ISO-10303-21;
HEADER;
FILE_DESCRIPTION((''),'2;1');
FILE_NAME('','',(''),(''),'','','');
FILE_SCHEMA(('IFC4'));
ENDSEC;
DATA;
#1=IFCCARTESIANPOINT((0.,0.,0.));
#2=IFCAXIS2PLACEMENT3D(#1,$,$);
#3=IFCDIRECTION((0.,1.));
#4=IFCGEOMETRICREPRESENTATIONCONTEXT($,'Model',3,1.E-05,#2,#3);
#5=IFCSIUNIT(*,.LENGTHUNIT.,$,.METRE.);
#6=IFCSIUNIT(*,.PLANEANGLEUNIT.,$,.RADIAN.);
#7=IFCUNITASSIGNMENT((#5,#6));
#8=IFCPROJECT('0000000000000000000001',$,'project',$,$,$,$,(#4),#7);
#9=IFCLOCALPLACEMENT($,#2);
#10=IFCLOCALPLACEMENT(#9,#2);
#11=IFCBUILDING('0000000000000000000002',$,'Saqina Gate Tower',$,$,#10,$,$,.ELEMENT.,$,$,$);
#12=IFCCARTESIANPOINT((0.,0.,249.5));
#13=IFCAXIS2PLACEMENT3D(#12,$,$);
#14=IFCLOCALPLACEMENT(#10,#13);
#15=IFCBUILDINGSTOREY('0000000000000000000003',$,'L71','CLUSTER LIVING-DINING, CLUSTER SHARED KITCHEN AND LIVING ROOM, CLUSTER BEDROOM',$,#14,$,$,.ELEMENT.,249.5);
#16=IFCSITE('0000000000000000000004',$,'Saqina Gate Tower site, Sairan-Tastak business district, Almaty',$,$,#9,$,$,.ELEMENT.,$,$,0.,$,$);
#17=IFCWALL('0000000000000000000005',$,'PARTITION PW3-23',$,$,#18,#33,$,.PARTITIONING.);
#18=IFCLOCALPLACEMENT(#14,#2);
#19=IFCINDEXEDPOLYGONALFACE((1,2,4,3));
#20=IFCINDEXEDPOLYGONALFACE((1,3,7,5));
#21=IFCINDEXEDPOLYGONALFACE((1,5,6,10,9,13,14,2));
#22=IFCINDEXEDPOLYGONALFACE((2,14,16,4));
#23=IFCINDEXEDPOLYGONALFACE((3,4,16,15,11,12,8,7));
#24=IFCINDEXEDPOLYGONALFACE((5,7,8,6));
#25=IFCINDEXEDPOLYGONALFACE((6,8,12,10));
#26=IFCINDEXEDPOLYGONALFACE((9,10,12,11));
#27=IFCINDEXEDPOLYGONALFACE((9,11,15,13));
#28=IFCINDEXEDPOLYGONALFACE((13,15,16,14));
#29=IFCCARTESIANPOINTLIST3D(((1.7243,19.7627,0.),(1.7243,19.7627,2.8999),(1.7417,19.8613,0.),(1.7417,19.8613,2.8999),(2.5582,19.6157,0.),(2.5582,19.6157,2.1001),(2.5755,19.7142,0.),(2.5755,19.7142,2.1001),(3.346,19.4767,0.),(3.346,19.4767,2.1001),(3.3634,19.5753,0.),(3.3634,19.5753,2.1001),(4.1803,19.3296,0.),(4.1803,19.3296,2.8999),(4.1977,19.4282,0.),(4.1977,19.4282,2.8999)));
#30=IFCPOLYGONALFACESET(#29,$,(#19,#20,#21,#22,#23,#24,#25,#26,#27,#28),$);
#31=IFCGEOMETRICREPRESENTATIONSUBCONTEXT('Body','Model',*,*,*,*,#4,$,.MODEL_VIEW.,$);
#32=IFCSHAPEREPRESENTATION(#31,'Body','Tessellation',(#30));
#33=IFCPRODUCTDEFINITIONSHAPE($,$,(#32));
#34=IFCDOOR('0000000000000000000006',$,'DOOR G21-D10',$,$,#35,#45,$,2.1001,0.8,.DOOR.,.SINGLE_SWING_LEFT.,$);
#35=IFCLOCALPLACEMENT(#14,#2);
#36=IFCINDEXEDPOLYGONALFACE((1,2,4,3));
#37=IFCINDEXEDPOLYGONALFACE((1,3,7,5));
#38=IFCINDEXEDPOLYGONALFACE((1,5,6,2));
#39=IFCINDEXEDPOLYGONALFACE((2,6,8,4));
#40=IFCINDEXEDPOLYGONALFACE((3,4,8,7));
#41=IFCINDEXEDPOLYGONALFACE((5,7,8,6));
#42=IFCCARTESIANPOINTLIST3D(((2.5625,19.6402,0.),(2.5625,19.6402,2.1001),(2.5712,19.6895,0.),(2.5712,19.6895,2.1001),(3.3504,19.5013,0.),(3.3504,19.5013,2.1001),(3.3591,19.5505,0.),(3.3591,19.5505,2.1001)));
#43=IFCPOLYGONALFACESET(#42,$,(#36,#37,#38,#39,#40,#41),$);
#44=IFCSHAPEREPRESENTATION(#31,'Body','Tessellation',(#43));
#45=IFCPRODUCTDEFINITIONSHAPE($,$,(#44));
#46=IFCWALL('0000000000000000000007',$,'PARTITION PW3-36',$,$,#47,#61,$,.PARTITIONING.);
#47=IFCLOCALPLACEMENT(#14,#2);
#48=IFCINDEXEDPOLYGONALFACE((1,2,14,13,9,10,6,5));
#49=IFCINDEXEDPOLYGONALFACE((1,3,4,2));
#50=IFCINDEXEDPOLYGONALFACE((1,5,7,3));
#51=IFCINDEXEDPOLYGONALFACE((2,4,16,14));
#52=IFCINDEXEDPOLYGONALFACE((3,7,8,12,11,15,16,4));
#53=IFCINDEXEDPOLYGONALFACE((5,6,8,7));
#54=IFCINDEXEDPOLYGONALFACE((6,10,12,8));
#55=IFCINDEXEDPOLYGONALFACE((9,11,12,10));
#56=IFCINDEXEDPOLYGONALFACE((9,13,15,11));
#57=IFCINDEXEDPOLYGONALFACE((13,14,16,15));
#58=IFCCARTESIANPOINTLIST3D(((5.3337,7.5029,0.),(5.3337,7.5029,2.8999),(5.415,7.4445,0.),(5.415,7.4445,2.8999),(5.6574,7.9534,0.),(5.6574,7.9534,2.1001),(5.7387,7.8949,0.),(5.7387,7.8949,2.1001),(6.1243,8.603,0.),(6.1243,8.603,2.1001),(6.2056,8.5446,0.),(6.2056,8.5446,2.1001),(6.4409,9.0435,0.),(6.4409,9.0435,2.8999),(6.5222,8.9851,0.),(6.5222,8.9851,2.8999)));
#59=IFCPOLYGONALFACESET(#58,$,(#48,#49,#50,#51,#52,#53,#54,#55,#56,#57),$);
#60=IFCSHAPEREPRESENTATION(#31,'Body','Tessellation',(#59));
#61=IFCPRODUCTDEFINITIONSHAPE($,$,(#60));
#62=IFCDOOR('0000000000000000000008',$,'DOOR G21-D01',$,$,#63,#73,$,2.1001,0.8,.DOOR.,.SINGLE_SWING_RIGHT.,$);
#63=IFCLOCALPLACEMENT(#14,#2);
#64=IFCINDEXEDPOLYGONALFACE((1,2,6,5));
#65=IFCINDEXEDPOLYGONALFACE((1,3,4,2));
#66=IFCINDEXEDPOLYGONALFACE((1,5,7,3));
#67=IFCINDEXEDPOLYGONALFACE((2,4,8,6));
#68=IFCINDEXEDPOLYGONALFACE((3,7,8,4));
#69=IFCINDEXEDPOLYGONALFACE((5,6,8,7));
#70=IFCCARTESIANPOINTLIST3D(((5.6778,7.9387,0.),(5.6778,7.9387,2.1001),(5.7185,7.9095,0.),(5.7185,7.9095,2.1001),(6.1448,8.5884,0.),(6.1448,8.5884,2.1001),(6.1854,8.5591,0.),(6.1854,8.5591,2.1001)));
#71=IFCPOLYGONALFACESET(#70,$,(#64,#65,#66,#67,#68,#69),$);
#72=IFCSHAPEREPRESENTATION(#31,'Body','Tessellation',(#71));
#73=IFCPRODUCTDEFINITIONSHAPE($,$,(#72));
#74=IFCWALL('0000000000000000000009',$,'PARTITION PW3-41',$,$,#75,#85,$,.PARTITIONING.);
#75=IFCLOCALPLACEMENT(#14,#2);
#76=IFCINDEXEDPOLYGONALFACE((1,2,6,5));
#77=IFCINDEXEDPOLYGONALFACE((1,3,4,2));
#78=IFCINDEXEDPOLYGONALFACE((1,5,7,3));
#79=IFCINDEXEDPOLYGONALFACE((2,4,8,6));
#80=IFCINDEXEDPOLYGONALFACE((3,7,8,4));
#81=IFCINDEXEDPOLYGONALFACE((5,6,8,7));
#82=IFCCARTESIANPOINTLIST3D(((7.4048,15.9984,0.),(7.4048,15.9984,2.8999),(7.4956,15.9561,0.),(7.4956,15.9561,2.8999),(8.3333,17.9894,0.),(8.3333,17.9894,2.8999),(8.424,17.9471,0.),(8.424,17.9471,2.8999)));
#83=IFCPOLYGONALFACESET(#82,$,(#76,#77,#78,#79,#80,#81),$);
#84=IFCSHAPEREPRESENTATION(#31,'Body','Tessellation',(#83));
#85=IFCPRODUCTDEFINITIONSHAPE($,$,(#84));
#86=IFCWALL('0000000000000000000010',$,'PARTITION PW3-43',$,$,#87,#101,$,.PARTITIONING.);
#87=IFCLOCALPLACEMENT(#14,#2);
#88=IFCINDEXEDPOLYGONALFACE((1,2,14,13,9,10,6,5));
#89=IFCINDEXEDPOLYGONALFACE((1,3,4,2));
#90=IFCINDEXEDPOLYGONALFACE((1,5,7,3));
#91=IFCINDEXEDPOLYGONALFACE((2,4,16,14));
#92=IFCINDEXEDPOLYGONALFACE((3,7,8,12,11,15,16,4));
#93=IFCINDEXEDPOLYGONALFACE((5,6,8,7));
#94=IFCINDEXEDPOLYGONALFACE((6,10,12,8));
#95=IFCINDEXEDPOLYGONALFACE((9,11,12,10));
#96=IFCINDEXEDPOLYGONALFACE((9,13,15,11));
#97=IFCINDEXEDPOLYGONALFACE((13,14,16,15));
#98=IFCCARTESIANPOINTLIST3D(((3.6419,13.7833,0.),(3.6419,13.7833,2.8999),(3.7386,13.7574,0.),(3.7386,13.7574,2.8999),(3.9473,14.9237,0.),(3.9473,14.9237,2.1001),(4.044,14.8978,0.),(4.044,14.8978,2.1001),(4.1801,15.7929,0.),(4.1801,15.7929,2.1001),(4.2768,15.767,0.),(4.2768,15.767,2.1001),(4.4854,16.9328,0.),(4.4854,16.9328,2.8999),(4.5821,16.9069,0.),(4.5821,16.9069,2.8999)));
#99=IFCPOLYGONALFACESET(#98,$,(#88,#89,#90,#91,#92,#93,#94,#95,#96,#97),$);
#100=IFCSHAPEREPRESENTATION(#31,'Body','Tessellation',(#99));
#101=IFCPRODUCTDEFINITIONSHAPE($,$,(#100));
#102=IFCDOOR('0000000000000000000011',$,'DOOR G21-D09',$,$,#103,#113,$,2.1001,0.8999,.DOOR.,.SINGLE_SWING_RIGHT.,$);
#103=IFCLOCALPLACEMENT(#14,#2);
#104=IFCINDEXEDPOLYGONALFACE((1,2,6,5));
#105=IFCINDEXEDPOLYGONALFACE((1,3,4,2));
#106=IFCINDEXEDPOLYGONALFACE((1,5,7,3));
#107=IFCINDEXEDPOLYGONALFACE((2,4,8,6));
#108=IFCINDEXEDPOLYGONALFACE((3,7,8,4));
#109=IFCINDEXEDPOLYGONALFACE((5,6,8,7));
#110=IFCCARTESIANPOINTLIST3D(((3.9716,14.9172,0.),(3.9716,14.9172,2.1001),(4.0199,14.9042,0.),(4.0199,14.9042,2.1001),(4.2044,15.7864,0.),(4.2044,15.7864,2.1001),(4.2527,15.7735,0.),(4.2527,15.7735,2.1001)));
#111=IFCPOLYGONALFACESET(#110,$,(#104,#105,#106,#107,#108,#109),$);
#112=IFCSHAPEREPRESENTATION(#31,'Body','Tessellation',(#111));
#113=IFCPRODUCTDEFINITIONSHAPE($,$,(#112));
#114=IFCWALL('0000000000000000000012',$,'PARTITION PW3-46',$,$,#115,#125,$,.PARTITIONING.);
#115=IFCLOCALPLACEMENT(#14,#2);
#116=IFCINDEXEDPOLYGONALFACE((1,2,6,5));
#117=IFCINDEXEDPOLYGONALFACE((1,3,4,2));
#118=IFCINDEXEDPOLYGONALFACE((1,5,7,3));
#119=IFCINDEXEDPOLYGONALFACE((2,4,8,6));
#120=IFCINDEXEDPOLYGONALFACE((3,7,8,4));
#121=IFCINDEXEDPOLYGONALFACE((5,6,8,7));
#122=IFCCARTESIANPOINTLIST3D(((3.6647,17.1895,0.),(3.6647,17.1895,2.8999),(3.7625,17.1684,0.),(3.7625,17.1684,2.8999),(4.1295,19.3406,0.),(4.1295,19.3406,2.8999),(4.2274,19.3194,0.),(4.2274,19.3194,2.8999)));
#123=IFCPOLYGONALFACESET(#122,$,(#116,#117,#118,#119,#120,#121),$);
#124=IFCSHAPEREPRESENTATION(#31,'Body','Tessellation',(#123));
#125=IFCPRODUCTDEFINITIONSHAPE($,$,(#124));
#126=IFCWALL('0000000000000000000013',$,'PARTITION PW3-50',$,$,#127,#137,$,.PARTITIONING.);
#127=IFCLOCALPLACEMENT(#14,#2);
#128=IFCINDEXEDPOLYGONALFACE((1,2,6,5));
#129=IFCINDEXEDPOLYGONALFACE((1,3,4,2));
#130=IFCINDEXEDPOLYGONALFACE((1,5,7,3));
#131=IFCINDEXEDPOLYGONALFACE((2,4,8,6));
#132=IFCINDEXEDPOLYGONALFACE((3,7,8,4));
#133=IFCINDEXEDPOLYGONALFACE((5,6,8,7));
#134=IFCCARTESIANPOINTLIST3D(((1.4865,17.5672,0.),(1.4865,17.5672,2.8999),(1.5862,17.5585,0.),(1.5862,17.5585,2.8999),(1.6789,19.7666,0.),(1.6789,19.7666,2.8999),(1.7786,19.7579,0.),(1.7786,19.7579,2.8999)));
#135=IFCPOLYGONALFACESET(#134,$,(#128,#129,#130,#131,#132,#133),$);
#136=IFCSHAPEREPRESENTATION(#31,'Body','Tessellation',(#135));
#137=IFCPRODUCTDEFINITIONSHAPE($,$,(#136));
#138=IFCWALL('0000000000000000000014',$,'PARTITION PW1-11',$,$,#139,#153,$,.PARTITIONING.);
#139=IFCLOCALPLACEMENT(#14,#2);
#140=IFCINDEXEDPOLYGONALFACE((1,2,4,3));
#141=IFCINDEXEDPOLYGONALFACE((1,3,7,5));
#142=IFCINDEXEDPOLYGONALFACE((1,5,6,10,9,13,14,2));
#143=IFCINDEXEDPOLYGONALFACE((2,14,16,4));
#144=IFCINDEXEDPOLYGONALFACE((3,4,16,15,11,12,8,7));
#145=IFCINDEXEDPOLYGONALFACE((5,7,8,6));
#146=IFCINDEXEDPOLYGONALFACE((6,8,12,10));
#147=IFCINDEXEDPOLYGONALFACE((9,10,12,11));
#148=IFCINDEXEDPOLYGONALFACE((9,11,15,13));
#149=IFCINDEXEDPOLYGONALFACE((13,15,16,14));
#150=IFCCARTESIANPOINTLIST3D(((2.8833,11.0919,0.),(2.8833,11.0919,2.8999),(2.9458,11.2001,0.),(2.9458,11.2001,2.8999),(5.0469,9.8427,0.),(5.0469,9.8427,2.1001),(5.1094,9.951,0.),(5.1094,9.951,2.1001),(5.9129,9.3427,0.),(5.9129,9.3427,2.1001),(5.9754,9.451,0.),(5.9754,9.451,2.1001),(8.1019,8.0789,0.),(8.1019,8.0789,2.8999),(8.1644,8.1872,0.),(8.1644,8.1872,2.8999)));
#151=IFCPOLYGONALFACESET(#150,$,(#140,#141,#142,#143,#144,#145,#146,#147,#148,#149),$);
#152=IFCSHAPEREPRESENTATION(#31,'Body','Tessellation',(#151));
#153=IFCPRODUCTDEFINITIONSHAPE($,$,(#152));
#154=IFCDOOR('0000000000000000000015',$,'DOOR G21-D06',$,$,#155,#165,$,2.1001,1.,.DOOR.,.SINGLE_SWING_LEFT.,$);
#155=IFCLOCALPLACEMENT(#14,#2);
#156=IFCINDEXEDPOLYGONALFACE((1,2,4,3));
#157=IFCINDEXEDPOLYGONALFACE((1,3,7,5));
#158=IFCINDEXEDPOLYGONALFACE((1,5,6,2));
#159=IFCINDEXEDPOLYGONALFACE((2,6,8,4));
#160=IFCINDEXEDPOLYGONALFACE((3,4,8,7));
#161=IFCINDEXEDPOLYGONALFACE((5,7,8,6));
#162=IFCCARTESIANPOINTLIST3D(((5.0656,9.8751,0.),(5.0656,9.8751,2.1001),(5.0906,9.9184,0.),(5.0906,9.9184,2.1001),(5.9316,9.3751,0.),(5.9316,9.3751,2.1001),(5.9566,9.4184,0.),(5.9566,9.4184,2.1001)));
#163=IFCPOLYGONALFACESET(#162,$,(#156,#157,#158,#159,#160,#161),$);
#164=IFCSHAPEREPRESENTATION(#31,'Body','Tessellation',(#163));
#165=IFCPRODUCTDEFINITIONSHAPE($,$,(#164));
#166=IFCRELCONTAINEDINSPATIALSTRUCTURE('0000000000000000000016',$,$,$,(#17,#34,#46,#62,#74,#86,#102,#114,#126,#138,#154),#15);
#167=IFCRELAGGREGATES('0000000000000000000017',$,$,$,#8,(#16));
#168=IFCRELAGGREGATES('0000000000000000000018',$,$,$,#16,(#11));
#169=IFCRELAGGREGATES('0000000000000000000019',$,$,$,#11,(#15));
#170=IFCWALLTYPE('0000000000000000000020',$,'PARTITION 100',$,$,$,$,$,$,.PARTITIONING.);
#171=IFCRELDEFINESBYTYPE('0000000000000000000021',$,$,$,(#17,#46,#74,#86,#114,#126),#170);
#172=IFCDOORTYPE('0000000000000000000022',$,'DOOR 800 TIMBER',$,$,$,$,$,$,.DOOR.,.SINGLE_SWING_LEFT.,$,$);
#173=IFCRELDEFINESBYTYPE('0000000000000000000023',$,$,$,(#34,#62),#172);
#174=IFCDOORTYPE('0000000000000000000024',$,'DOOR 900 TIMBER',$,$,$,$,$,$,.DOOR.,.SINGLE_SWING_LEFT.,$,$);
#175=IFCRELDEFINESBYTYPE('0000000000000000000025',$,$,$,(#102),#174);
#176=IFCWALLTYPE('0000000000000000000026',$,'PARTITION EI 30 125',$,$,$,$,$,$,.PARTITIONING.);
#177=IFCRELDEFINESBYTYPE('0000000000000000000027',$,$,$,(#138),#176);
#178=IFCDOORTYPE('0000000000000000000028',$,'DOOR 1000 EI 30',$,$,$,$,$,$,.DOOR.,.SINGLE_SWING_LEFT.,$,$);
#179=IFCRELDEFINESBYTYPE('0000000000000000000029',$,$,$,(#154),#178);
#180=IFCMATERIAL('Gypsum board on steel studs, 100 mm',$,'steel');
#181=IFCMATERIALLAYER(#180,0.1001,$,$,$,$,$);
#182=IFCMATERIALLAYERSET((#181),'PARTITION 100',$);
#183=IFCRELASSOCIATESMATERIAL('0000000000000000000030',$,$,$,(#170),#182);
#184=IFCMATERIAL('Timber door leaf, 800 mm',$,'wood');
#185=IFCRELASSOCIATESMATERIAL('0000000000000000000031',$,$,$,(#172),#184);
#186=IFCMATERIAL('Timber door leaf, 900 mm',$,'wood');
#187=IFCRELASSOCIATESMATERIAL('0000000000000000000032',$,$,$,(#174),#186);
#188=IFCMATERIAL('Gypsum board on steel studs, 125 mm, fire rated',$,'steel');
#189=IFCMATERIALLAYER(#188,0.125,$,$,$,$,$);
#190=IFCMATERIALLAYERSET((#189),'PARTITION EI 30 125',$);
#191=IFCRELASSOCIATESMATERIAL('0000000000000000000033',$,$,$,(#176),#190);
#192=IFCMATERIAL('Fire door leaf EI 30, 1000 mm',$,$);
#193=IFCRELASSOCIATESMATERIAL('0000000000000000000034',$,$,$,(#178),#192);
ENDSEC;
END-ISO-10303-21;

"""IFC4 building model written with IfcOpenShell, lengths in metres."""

from ifc_helpers import new_model, si_unit, direction, frame, frame_2d, origin, place, context, subcontext, project, spatial, rectangle, extrude, material, layer, layer_set, type_object, element, fill, save


model = new_model("IFC4")

# Units and contexts
model_context = context("Model", 3, precision=1e-05, world=origin(), true_north=direction((0.0, 1.0)))
body_context = subcontext(model_context, "Body", "Model", "MODEL_VIEW")
ifc_project = project(units=[si_unit("LENGTHUNIT", "METRE"), si_unit("PLANEANGLEUNIT", "RADIAN")], contexts=[model_context])

# Site, building, storey
site_placement = place(None, origin())
site = spatial("IfcSite", under=ifc_project, at=site_placement, Name="Saqina Gate Tower site, Sairan-Tastak business district, Almaty", CompositionType="ELEMENT", RefElevation=0.0)
building_placement = place(site_placement, origin())
building = spatial("IfcBuilding", under=site, at=building_placement, Name="Saqina Gate Tower", CompositionType="ELEMENT")
storey_placement = place(building_placement, frame((0.0, 0.0, 249.5)))
storey = spatial("IfcBuildingStorey", under=building, at=storey_placement, Name="L71", Description="CLUSTER LIVING-DINING, CLUSTER SHARED KITCHEN AND LIVING ROOM, CLUSTER BEDROOM", CompositionType="ELEMENT", Elevation=249.5)

# Shared definitions
ifc_material_1 = material(Name="Gypsum board on steel studs, 100 mm", Category="steel")
ifc_layer_1 = layer(ifc_material_1, 0.1001)
ifc_layer_set_1 = layer_set([ifc_layer_1], Name="PARTITION 100")
wall_type_1 = type_object("IfcWallType", Name="PARTITION 100", PredefinedType="PARTITIONING", material=ifc_layer_set_1)

# Walls, openings, doors
wall_1_placement = place(storey_placement, frame((1.7329, 19.812, 0.0), z_axis=(0.0, 0.0, 1.0), x_axis=(0.984805, -0.173662, 0.0)))
wall_1 = element("IfcWall", 1, at=wall_1_placement, inside=storey, type_object=wall_type_1, Name="PARTITION PW3-23", PredefinedType="PARTITIONING", context=body_context, shape_type="SweptSolid", body=[
    extrude(rectangle(XDim=2.4939, YDim=0.1001, at=frame_2d((1.2471, 0.0))), origin(), (0.0, 0.0, 1.0), 2.8999),
])
opening_1_placement = place(wall_1_placement, frame((0.8469, 0.0, 0.0)))
opening_1 = element("IfcOpeningElement", 2, at=opening_1_placement, cuts=wall_1, PredefinedType="OPENING", context=body_context, shape_type="SweptSolid", body=[
    extrude(rectangle(XDim=0.8, YDim=2.1001, at=frame_2d((0.3999, 1.05))), frame((0.0, 0.062, 0.0), z_axis=(0.0, -1.0, 0.0), x_axis=(1.0, 0.0, 0.0)), (0.0, 0.0, 1.0), 0.124),
])
ifc_material_2 = material(Name="Timber door leaf, 800 mm", Category="wood")
door_type_1 = type_object("IfcDoorType", Name="DOOR 800 TIMBER", OperationType="SINGLE_SWING_LEFT", PredefinedType="DOOR", material=ifc_material_2)
door_1_placement = place(opening_1_placement, origin())
door_1 = element("IfcDoor", 3, at=door_1_placement, inside=storey, type_object=door_type_1, Name="DOOR G21-D10", OperationType="SINGLE_SWING_LEFT", OverallHeight=2.1001, OverallWidth=0.8, PredefinedType="DOOR", context=body_context, shape_type="SweptSolid", body=[
    extrude(rectangle(XDim=0.8, YDim=2.1001, at=frame_2d((0.3999, 1.05))), frame((0.0, 0.0249, 0.0), z_axis=(0.0, -1.0, 0.0), x_axis=(1.0, 0.0, 0.0)), (0.0, 0.0, 1.0), 0.05),
])
fill(opening_1, door_1)
wall_2_placement = place(storey_placement, frame((5.3743, 7.4736, 0.0), z_axis=(0.0, 0.0, 1.0), x_axis=(0.58361, 0.812034, 0.0)))
wall_2 = element("IfcWall", 4, at=wall_2_placement, inside=storey, type_object=wall_type_1, Name="PARTITION PW3-36", PredefinedType="PARTITIONING", context=body_context, shape_type="SweptSolid", body=[
    extrude(rectangle(XDim=1.8972, YDim=0.1001, at=frame_2d((0.9487, 0.0))), origin(), (0.0, 0.0, 1.0), 2.8999),
])
opening_2_placement = place(wall_2_placement, frame((0.5549, 0.0, 0.0)))
opening_2 = element("IfcOpeningElement", 5, at=opening_2_placement, cuts=wall_2, PredefinedType="OPENING", context=body_context, shape_type="SweptSolid", body=[
    extrude(rectangle(XDim=0.8, YDim=2.1001, at=frame_2d((0.3999, 1.05))), frame((0.0, 0.062, 0.0), z_axis=(0.0, -1.0, 0.0), x_axis=(1.0, 0.0, 0.0)), (0.0, 0.0, 1.0), 0.124),
])
door_2_placement = place(opening_2_placement, origin())
door_2 = element("IfcDoor", 6, at=door_2_placement, inside=storey, type_object=door_type_1, Name="DOOR G21-D01", OperationType="SINGLE_SWING_RIGHT", OverallHeight=2.1001, OverallWidth=0.8, PredefinedType="DOOR", context=body_context, shape_type="SweptSolid", body=[
    extrude(rectangle(XDim=0.8, YDim=2.1001, at=frame_2d((0.3999, 1.05))), frame((0.0, 0.0249, 0.0), z_axis=(0.0, -1.0, 0.0), x_axis=(1.0, 0.0, 0.0)), (0.0, 0.0, 1.0), 0.05),
])
fill(opening_2, door_2)

# Wall
wall_3_placement = place(storey_placement, frame((7.4502, 15.9773, 0.0), z_axis=(0.0, 0.0, 1.0), x_axis=(0.422642, 0.906297, 0.0)))
element("IfcWall", 7, at=wall_3_placement, inside=storey, type_object=wall_type_1, Name="PARTITION PW3-41", PredefinedType="PARTITIONING", context=body_context, shape_type="SweptSolid", body=[
    extrude(rectangle(XDim=2.1968, YDim=0.1001, at=frame_2d((1.0984, 0.0))), origin(), (0.0, 0.0, 1.0), 2.8999),
])

# Wall, opening, door
wall_4_placement = place(storey_placement, frame((3.6902, 13.7703, 0.0), z_axis=(0.0, 0.0, 1.0), x_axis=(0.258711, 0.965955, 0.0)))
wall_4 = element("IfcWall", 8, at=wall_4_placement, inside=storey, type_object=wall_type_1, Name="PARTITION PW3-43", PredefinedType="PARTITIONING", context=body_context, shape_type="SweptSolid", body=[
    extrude(rectangle(XDim=3.2605, YDim=0.1001, at=frame_2d((1.6304, 0.0))), origin(), (0.0, 0.0, 1.0), 2.8999),
])
opening_3_placement = place(wall_4_placement, frame((1.1807, 0.0, 0.0)))
opening_3 = element("IfcOpeningElement", 9, at=opening_3_placement, cuts=wall_4, PredefinedType="OPENING", context=body_context, shape_type="SweptSolid", body=[
    extrude(rectangle(XDim=0.8999, YDim=2.1001, at=frame_2d((0.45, 1.05))), frame((0.0, 0.062, 0.0), z_axis=(0.0, -1.0, 0.0), x_axis=(1.0, 0.0, 0.0)), (0.0, 0.0, 1.0), 0.124),
])
ifc_material_3 = material(Name="Timber door leaf, 900 mm", Category="wood")
door_type_2 = type_object("IfcDoorType", Name="DOOR 900 TIMBER", OperationType="SINGLE_SWING_LEFT", PredefinedType="DOOR", material=ifc_material_3)
door_3_placement = place(opening_3_placement, origin())
door_3 = element("IfcDoor", 10, at=door_3_placement, inside=storey, type_object=door_type_2, Name="DOOR G21-D09", OperationType="SINGLE_SWING_RIGHT", OverallHeight=2.1001, OverallWidth=0.8999, PredefinedType="DOOR", context=body_context, shape_type="SweptSolid", body=[
    extrude(rectangle(XDim=0.8999, YDim=2.1001, at=frame_2d((0.45, 1.05))), frame((0.0, 0.0249, 0.0), z_axis=(0.0, -1.0, 0.0), x_axis=(1.0, 0.0, 0.0)), (0.0, 0.0, 1.0), 0.05),
])
fill(opening_3, door_3)

# Walls
wall_5_placement = place(storey_placement, frame((3.7136, 17.179, 0.0), z_axis=(0.0, 0.0, 1.0), x_axis=(0.211218, 0.977439, 0.0)))
element("IfcWall", 11, at=wall_5_placement, inside=storey, type_object=wall_type_1, Name="PARTITION PW3-46", PredefinedType="PARTITIONING", context=body_context, shape_type="SweptSolid", body=[
    extrude(rectangle(XDim=2.2007, YDim=0.1001, at=frame_2d((1.1003, 0.0))), origin(), (0.0, 0.0, 1.0), 2.8999),
])
wall_6_placement = place(storey_placement, frame((1.5364, 17.5627, 0.0), z_axis=(0.0, 0.0, 1.0), x_axis=(0.087135, 0.996196, 0.0)))
element("IfcWall", 12, at=wall_6_placement, inside=storey, type_object=wall_type_1, Name="PARTITION PW3-50", PredefinedType="PARTITIONING", context=body_context, shape_type="SweptSolid", body=[
    extrude(rectangle(XDim=2.2078, YDim=0.1001, at=frame_2d((1.104, 0.0))), origin(), (0.0, 0.0, 1.0), 2.8999),
])

# Wall, opening, door
ifc_material_4 = material(Name="Gypsum board on steel studs, 125 mm, fire rated", Category="steel")
ifc_layer_2 = layer(ifc_material_4, 0.125)
ifc_layer_set_2 = layer_set([ifc_layer_2], Name="PARTITION EI 30 125")
wall_type_2 = type_object("IfcWallType", Name="PARTITION EI 30 125", PredefinedType="PARTITIONING", material=ifc_layer_set_2)
wall_7_placement = place(storey_placement, frame((2.9146, 11.146, 0.0), z_axis=(0.0, 0.0, 1.0), x_axis=(0.866023, -0.500004, 0.0)))
wall_7 = element("IfcWall", 13, at=wall_7_placement, inside=storey, type_object=wall_type_2, Name="PARTITION PW1-11", PredefinedType="PARTITIONING", context=body_context, shape_type="SweptSolid", body=[
    extrude(rectangle(XDim=6.0259, YDim=0.125, at=frame_2d((3.0129, 0.0))), origin(), (0.0, 0.0, 1.0), 2.8999),
])
opening_4_placement = place(wall_7_placement, frame((2.4983, 0.0, 0.0)))
opening_4 = element("IfcOpeningElement", 14, at=opening_4_placement, cuts=wall_7, PredefinedType="OPENING", context=body_context, shape_type="SweptSolid", body=[
    extrude(rectangle(XDim=1.0, YDim=2.1001, at=frame_2d((0.5, 1.05))), frame((0.0, 0.0745, 0.0), z_axis=(0.0, -1.0, 0.0), x_axis=(1.0, 0.0, 0.0)), (0.0, 0.0, 1.0), 0.1489),
])
ifc_material_5 = material(Name="Fire door leaf EI 30, 1000 mm")
door_type_3 = type_object("IfcDoorType", Name="DOOR 1000 EI 30", OperationType="SINGLE_SWING_LEFT", PredefinedType="DOOR", material=ifc_material_5)
door_4_placement = place(opening_4_placement, origin())
door_4 = element("IfcDoor", 15, at=door_4_placement, inside=storey, type_object=door_type_3, Name="DOOR G21-D06", OperationType="SINGLE_SWING_LEFT", OverallHeight=2.1001, OverallWidth=1.0, PredefinedType="DOOR", context=body_context, shape_type="SweptSolid", body=[
    extrude(rectangle(XDim=1.0, YDim=2.1001, at=frame_2d((0.5, 1.05))), frame((0.0, 0.0249, 0.0), z_axis=(0.0, -1.0, 0.0), x_axis=(1.0, 0.0, 0.0)), (0.0, 0.0, 1.0), 0.05),
])
fill(opening_4, door_4)

save(model, "model.ifc")
